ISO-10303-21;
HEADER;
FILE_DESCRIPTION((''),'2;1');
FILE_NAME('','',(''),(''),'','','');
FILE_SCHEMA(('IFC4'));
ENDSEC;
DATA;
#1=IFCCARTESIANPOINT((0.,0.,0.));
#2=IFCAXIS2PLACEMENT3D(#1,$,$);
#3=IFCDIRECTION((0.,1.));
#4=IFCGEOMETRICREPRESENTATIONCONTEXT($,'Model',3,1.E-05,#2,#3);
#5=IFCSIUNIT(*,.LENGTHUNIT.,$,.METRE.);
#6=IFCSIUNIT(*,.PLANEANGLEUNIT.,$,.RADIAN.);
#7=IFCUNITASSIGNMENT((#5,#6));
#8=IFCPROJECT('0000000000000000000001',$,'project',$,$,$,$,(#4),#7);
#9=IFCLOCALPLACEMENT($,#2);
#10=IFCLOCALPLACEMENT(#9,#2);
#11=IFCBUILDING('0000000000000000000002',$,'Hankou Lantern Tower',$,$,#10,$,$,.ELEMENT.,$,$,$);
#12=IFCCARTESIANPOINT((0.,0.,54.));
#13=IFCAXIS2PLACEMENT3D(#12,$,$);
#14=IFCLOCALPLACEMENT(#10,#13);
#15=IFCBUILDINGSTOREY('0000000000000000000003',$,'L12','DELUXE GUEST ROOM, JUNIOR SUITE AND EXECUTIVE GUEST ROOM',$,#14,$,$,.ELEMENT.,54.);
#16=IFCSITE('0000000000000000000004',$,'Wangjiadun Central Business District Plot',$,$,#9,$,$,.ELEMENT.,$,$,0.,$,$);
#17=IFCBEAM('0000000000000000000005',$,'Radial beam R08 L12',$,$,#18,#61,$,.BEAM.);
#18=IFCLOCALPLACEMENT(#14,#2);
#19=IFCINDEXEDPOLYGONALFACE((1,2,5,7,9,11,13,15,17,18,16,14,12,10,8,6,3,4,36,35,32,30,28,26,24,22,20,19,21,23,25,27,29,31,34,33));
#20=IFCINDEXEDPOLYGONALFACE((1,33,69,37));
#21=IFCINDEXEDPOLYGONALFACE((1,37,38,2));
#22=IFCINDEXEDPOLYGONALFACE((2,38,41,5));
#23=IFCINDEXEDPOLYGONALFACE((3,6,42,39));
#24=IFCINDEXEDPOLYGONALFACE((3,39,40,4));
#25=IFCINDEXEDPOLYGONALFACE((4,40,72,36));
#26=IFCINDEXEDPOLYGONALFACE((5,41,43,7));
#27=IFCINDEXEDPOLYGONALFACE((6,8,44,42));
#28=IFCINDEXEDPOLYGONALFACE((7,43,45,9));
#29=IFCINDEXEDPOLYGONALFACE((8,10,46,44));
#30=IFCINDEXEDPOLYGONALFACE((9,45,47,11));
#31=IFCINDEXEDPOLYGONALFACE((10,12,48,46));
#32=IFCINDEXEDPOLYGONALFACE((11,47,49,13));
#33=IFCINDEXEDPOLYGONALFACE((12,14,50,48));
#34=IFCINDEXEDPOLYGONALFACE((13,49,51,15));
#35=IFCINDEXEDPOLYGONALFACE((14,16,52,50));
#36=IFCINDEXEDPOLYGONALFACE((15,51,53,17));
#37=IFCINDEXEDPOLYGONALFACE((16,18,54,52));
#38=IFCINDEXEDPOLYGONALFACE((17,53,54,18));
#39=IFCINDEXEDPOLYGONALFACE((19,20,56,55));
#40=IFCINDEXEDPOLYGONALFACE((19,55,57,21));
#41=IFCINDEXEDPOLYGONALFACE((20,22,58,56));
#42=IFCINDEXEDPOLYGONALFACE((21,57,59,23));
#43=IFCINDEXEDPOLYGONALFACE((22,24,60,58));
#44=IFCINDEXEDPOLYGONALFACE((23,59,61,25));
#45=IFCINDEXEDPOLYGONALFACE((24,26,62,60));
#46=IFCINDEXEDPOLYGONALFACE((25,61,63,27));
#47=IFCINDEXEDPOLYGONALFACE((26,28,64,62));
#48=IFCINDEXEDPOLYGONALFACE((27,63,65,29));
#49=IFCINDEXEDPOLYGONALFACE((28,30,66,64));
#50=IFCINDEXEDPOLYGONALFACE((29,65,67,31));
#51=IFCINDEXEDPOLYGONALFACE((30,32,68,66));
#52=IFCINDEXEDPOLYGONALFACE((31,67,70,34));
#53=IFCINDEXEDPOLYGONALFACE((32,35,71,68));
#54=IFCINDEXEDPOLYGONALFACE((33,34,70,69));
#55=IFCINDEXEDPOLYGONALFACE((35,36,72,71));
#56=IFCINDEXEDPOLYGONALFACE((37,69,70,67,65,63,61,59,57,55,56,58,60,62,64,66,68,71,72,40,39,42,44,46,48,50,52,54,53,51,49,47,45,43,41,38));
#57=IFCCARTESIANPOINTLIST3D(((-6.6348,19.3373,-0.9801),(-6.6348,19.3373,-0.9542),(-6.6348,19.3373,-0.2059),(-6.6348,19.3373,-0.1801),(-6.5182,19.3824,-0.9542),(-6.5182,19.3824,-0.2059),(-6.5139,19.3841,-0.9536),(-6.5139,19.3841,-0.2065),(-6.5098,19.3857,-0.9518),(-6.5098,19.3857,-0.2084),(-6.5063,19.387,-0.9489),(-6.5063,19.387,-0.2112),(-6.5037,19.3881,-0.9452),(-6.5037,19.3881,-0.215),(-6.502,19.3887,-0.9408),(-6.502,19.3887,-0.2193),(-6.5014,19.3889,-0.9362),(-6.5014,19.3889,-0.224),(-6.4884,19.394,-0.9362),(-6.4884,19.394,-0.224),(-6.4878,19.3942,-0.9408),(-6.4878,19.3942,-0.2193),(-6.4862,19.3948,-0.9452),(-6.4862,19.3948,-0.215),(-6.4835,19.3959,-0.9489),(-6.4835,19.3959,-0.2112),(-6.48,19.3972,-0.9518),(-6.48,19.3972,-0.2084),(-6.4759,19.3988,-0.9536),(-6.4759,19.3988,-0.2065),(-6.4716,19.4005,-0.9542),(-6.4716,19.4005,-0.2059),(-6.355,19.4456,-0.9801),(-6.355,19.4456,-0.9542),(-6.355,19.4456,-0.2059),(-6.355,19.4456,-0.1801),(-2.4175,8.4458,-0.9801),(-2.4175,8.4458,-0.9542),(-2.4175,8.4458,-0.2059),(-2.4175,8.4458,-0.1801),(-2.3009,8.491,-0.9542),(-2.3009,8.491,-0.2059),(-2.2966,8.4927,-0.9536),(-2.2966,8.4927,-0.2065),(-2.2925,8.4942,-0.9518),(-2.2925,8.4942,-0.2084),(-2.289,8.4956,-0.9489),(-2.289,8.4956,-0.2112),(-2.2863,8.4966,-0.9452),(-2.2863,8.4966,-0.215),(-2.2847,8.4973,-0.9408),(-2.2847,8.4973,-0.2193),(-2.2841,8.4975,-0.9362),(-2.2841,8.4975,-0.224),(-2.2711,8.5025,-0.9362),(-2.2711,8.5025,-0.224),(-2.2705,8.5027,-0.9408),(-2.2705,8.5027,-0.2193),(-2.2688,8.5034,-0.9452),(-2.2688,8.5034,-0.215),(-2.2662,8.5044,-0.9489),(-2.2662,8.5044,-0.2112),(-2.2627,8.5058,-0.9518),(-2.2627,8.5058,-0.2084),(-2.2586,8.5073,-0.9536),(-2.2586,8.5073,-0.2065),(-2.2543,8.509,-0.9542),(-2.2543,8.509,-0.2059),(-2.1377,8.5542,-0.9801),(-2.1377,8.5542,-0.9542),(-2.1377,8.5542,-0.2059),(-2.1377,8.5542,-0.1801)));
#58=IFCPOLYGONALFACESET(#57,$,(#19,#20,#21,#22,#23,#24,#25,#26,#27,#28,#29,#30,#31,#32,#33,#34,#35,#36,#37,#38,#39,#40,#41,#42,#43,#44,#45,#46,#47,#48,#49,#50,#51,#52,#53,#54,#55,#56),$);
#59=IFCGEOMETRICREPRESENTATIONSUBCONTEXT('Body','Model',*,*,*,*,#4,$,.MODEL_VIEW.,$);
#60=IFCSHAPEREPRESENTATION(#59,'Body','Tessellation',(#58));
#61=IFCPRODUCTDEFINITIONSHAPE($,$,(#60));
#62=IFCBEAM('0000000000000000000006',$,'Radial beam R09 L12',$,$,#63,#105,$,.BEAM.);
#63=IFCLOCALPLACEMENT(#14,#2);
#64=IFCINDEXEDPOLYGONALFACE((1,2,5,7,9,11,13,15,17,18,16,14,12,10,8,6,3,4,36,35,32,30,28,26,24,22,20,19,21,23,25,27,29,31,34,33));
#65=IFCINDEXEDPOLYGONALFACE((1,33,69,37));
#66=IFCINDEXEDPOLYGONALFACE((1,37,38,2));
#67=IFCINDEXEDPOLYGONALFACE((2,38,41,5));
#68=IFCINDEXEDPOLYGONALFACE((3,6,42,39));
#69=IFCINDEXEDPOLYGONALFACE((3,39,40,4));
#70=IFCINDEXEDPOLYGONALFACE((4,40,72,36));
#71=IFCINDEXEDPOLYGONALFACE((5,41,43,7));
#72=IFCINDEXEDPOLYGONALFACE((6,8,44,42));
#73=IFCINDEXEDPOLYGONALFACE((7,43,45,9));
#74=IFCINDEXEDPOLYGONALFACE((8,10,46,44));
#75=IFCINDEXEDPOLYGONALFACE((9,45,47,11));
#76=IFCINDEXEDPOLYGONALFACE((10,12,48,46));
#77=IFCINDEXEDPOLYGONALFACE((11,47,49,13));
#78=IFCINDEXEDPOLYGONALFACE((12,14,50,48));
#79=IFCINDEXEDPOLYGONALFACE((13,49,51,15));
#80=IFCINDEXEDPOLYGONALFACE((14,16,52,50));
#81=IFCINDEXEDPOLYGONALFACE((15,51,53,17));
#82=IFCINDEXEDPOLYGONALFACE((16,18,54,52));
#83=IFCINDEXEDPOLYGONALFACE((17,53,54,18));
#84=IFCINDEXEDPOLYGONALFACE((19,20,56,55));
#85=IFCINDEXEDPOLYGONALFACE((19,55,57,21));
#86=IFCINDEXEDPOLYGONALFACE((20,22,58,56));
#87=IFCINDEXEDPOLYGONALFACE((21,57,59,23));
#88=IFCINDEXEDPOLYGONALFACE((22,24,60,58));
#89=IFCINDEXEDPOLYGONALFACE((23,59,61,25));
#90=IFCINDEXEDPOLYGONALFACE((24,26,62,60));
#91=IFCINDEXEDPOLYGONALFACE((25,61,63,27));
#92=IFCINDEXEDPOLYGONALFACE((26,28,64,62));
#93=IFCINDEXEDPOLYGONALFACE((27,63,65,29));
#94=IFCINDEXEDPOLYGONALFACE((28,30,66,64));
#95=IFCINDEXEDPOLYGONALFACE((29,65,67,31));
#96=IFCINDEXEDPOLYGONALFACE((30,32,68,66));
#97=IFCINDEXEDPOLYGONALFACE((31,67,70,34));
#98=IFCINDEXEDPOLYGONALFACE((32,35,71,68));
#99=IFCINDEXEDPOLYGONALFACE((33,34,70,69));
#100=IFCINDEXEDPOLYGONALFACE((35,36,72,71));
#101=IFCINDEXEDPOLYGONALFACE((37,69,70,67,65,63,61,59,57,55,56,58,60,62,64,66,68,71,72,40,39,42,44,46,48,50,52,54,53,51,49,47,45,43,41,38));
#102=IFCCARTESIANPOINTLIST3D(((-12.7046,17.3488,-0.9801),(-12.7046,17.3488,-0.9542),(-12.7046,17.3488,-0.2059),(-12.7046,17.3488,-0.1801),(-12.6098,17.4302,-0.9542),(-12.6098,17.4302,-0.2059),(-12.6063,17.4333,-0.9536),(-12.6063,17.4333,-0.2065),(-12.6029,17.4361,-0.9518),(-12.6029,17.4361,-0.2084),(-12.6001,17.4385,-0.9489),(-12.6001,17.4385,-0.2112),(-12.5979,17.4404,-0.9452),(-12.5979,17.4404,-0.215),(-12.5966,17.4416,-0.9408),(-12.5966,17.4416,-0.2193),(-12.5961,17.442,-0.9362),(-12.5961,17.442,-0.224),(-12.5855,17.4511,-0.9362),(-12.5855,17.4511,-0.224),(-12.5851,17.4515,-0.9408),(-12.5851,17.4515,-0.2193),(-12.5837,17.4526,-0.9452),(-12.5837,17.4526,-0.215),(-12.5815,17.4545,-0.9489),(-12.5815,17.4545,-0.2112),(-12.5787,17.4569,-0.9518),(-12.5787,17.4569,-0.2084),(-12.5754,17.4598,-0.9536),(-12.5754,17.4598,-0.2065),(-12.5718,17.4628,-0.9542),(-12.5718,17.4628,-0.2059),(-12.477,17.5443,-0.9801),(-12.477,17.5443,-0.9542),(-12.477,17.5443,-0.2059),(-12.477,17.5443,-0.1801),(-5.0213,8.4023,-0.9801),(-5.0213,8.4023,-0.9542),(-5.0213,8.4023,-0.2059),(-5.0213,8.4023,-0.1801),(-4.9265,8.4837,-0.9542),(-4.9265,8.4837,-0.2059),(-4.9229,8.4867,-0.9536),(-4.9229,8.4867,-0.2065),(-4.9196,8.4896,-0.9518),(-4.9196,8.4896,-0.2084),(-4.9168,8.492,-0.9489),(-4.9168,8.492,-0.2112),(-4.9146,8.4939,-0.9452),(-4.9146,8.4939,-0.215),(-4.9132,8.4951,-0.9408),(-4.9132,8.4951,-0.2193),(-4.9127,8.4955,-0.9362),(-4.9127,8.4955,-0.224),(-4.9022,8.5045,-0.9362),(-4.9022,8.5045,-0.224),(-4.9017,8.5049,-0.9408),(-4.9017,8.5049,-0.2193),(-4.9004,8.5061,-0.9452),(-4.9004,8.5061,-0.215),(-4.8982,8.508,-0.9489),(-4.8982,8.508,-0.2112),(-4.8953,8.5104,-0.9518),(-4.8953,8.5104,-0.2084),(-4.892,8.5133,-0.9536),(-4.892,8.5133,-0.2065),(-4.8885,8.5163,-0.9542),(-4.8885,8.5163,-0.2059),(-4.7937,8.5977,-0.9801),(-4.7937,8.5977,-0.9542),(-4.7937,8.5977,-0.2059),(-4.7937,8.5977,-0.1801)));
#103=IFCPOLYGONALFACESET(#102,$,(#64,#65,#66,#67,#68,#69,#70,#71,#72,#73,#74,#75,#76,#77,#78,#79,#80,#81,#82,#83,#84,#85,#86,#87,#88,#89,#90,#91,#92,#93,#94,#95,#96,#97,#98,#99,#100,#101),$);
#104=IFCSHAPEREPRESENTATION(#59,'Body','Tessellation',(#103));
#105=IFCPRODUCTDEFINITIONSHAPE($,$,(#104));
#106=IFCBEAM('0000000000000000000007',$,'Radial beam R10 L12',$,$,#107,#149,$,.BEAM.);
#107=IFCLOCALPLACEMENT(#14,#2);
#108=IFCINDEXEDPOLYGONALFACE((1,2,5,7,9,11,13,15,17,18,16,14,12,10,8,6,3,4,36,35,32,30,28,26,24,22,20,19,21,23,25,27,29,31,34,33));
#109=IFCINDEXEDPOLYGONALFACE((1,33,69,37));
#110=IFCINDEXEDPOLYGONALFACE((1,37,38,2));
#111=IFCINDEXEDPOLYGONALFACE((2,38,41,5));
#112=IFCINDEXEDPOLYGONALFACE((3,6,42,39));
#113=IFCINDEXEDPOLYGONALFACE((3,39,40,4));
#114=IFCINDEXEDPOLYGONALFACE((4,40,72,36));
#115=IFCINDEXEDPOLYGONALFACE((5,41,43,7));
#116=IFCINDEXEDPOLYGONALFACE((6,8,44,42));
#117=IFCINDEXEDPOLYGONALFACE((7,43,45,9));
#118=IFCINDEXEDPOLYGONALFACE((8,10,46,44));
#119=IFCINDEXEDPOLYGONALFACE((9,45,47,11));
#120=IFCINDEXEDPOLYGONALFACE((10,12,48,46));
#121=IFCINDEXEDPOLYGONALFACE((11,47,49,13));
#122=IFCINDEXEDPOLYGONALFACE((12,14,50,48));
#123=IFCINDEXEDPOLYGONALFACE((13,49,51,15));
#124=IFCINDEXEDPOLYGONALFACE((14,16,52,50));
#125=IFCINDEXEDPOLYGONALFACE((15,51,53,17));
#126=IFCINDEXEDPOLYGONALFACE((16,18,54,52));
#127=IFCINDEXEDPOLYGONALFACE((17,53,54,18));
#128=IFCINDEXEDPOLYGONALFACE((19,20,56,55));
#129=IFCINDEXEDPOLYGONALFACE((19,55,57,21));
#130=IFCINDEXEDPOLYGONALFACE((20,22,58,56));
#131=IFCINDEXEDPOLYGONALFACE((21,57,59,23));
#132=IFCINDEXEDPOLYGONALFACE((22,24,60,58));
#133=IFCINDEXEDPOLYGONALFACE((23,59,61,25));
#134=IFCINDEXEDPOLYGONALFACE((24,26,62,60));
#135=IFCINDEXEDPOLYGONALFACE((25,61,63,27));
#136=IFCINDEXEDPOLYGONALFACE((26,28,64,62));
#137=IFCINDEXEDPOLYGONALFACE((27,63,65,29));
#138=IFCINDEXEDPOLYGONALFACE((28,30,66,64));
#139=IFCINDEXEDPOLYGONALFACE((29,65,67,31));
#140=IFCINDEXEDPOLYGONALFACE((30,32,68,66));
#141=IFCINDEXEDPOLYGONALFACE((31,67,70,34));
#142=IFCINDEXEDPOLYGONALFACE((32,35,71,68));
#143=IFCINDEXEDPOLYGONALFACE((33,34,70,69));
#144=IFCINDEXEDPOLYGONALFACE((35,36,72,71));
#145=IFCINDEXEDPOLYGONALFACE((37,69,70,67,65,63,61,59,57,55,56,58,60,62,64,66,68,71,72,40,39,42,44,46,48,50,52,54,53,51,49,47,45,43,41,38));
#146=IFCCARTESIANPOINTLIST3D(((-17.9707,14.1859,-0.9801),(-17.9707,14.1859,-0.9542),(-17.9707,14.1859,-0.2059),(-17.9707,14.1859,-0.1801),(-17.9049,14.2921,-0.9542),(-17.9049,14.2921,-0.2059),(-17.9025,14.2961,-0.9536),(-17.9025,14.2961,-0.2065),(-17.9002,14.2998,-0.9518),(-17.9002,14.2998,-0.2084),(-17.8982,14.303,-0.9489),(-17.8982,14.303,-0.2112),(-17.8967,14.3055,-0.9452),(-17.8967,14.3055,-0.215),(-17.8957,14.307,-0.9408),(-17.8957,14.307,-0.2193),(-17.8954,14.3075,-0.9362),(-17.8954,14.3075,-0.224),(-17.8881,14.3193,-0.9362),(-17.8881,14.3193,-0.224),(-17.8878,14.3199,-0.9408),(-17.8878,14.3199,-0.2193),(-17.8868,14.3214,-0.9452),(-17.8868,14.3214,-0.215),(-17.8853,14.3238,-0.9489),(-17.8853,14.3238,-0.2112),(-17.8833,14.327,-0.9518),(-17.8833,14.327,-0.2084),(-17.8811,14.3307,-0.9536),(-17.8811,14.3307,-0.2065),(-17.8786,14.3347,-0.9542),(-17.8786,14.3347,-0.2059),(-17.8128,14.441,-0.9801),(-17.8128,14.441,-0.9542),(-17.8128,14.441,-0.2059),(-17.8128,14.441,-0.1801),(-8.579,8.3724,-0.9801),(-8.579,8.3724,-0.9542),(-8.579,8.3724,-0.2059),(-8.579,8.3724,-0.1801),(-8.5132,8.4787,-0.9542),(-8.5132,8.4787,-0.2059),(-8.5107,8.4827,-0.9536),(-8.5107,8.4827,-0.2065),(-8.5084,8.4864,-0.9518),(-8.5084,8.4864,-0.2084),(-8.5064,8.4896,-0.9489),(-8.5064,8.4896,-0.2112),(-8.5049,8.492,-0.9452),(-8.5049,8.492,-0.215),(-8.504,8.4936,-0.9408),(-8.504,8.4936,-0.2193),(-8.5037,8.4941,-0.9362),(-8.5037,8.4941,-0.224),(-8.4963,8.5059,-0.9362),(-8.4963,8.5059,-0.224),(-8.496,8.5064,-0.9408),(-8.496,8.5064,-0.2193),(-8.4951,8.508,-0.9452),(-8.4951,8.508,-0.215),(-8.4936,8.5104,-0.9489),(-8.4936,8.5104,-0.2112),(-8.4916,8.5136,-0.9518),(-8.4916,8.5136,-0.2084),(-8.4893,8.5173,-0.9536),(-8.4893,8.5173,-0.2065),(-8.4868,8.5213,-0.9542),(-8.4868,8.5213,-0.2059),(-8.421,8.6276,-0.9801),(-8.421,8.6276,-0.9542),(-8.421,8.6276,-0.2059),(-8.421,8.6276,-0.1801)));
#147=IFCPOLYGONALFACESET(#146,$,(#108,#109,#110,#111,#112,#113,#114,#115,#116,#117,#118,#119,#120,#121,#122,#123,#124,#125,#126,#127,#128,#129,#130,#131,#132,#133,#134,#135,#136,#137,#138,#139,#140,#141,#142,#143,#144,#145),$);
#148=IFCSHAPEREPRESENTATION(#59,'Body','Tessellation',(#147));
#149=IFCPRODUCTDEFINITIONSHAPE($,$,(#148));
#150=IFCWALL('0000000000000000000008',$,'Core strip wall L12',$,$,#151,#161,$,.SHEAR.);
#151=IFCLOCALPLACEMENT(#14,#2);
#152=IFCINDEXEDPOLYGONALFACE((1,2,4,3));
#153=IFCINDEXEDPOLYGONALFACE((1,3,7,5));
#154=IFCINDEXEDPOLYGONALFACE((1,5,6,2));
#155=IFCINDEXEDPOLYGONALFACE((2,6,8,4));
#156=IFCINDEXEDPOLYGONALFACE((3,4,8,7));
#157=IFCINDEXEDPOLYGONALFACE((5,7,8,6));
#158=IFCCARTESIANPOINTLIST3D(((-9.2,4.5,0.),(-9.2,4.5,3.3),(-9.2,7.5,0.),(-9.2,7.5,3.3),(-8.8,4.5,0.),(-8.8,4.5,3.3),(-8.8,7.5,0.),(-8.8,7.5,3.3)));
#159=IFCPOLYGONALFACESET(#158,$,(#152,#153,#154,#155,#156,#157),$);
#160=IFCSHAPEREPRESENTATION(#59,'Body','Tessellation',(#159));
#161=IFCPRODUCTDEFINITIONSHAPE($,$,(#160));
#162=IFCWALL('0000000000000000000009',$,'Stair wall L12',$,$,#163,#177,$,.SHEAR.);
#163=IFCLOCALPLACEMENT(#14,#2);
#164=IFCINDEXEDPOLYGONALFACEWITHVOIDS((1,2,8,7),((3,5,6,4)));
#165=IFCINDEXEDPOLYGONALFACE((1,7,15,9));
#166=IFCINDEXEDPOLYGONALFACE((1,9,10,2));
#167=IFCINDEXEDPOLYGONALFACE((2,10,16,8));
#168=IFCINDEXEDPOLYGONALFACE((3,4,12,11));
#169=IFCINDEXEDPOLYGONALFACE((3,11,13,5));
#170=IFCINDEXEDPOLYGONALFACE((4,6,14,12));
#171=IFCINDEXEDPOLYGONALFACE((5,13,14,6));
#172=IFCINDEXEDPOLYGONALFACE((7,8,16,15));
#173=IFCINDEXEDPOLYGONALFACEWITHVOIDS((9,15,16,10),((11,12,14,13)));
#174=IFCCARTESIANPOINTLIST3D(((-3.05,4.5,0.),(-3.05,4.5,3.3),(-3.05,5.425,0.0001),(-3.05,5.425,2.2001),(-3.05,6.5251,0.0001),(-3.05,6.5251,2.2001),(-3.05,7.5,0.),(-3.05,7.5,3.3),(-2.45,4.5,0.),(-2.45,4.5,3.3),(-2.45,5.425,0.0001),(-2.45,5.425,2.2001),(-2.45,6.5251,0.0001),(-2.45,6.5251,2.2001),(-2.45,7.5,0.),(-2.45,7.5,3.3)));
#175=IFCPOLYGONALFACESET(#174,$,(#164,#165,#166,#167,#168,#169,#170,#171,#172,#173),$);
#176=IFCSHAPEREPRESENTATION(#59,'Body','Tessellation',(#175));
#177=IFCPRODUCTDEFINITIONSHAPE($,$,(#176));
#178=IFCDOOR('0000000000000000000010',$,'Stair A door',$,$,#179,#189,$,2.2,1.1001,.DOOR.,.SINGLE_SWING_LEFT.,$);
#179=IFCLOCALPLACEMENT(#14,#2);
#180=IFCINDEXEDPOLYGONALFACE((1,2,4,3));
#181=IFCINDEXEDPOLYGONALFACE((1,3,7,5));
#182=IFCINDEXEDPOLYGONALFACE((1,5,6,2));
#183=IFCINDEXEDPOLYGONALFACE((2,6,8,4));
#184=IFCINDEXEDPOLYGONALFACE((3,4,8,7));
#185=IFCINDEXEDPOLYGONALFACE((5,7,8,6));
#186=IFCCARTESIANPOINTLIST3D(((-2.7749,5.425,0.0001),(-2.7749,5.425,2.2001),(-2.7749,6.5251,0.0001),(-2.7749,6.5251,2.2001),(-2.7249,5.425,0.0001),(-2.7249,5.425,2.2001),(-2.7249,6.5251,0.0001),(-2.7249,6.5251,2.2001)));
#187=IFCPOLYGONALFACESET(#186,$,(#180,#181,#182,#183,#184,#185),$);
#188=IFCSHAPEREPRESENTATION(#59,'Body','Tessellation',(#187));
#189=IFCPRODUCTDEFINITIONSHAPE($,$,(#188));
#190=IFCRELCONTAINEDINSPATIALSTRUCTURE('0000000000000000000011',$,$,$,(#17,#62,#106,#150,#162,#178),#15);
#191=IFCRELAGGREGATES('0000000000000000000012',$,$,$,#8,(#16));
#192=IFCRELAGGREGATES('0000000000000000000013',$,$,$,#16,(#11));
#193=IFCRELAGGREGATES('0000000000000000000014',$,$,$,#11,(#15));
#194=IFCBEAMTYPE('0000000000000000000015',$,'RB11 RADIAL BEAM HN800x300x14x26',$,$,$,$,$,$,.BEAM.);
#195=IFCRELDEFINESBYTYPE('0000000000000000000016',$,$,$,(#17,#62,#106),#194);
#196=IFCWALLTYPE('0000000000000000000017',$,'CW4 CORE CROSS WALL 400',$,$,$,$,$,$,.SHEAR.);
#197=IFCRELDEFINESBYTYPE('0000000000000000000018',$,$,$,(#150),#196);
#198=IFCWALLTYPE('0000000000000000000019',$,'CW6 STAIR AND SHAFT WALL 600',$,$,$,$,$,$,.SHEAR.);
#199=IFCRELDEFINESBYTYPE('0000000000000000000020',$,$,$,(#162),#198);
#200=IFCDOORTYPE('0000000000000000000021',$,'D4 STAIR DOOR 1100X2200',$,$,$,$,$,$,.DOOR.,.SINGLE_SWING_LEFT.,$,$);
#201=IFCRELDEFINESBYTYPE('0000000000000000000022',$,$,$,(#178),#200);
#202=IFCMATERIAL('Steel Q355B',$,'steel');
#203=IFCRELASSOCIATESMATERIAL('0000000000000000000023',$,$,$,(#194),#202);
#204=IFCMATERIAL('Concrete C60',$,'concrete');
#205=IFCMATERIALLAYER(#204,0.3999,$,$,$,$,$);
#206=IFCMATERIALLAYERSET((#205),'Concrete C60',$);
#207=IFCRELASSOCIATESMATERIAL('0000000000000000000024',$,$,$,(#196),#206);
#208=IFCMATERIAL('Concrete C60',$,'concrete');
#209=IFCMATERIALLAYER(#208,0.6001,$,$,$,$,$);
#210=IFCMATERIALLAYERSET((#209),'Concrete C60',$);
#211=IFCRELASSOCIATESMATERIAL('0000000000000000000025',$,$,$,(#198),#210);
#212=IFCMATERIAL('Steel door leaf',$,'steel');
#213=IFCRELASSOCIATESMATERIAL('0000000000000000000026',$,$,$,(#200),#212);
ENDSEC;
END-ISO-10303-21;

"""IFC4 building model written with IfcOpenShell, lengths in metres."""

from ifc_helpers import new_model, si_unit, direction, frame, frame_2d, origin, origin_2d, place, context, subcontext, project, spatial, rectangle, i_section, extrude, material, layer, layer_set, material_profile, profile_set, type_object, element, fill, save


model = new_model("IFC4")

# Units and contexts
model_context = context("Model", 3, precision=1e-05, world=origin(), true_north=direction((0.0, 1.0)))
body_context = subcontext(model_context, "Body", "Model", "MODEL_VIEW")
ifc_project = project(units=[si_unit("LENGTHUNIT", "METRE"), si_unit("PLANEANGLEUNIT", "RADIAN")], contexts=[model_context])

# Site, building, storey
site_placement = place(None, origin())
site = spatial("IfcSite", under=ifc_project, at=site_placement, Name="Wangjiadun Central Business District Plot", CompositionType="ELEMENT", RefElevation=0.0)
building_placement = place(site_placement, origin())
building = spatial("IfcBuilding", under=site, at=building_placement, Name="Hankou Lantern Tower", CompositionType="ELEMENT")
storey_placement = place(building_placement, frame((0.0, 0.0, 54.0)))
storey = spatial("IfcBuildingStorey", under=building, at=storey_placement, Name="L12", Description="DELUXE GUEST ROOM, JUNIOR SUITE AND EXECUTIVE GUEST ROOM", CompositionType="ELEMENT", Elevation=54.0)

# Beams
ifc_material_1 = material(Name="Steel Q355B", Category="steel")
ifc_material_profile = material_profile(ifc_material_1, i_section(OverallWidth=0.3, OverallDepth=0.8, WebThickness=0.0139, FlangeThickness=0.0259, FilletRadius=0.0181, at=origin_2d()), Name="HN800x300x14x26")
ifc_profile_set = profile_set([ifc_material_profile], Name="Steel Q355B")
beam_type = type_object("IfcBeamType", Name="RB11 RADIAL BEAM HN800x300x14x26", PredefinedType="BEAM", material=ifc_profile_set)
beam_1_placement = place(storey_placement, frame((-2.2776, 8.5, -0.5801), z_axis=(-0.361089, 0.932531, 0.0), x_axis=(-0.932531, -0.361089, 0.0)))
element("IfcBeam", 1, at=beam_1_placement, inside=storey, type_object=beam_type, Name="Radial beam R08 L12", PredefinedType="BEAM", context=body_context, shape_type="SweptSolid", body=[
    extrude(i_section(OverallWidth=0.3, OverallDepth=0.8, WebThickness=0.0139, FlangeThickness=0.0259, FilletRadius=0.0181, at=origin_2d()), origin(), (0.0, 0.0, 1.0), 11.6794),
])
beam_2_placement = place(storey_placement, frame((-4.9075, 8.5, -0.5801), z_axis=(-0.651519, 0.758632, 0.0), x_axis=(-0.758632, -0.651519, 0.0)))
element("IfcBeam", 2, at=beam_2_placement, inside=storey, type_object=beam_type, Name="Radial beam R09 L12", PredefinedType="BEAM", context=body_context, shape_type="SweptSolid", body=[
    extrude(i_section(OverallWidth=0.3, OverallDepth=0.8, WebThickness=0.0139, FlangeThickness=0.0259, FilletRadius=0.0181, at=origin_2d()), origin(), (0.0, 0.0, 1.0), 11.793),
])
beam_3_placement = place(storey_placement, frame((-8.5, 8.5, -0.5801), z_axis=(-0.850286, 0.52632, 0.0), x_axis=(-0.52632, -0.850286, 0.0)))
element("IfcBeam", 3, at=beam_3_placement, inside=storey, type_object=beam_type, Name="Radial beam R10 L12", PredefinedType="BEAM", context=body_context, shape_type="SweptSolid", body=[
    extrude(i_section(OverallWidth=0.3, OverallDepth=0.8, WebThickness=0.0139, FlangeThickness=0.0259, FilletRadius=0.0181, at=origin_2d()), origin(), (0.0, 0.0, 1.0), 11.0454),
])

# Wall
ifc_material_2 = material(Name="Concrete C60", Category="concrete")
ifc_layer_1 = layer(ifc_material_2, 0.3999)
ifc_layer_set_1 = layer_set([ifc_layer_1], Name="Concrete C60")
wall_type_1 = type_object("IfcWallType", Name="CW4 CORE CROSS WALL 400", PredefinedType="SHEAR", material=ifc_layer_set_1)
wall_1_placement = place(storey_placement, frame((-9.0, 4.5, 0.0), z_axis=(0.0, 0.0, 1.0), x_axis=(0.0, 1.0, 0.0)))
element("IfcWall", 4, at=wall_1_placement, inside=storey, type_object=wall_type_1, Name="Core strip wall L12", PredefinedType="SHEAR", context=body_context, shape_type="SweptSolid", body=[
    extrude(rectangle(XDim=3.0, YDim=0.3999, at=frame_2d((1.5, 0.0))), origin(), (0.0, 0.0, 1.0), 3.3),
])

# Wall, opening, door
ifc_material_3 = material(Name="Concrete C60", Category="concrete")
ifc_layer_2 = layer(ifc_material_3, 0.6001)
ifc_layer_set_2 = layer_set([ifc_layer_2], Name="Concrete C60")
wall_type_2 = type_object("IfcWallType", Name="CW6 STAIR AND SHAFT WALL 600", PredefinedType="SHEAR", material=ifc_layer_set_2)
wall_2_placement = place(storey_placement, frame((-2.75, 4.5, 0.0), z_axis=(0.0, 0.0, 1.0), x_axis=(0.0, 1.0, 0.0)))
wall_2 = element("IfcWall", 5, at=wall_2_placement, inside=storey, type_object=wall_type_2, Name="Stair wall L12", PredefinedType="SHEAR", context=body_context, shape_type="SweptSolid", body=[
    extrude(rectangle(XDim=3.0, YDim=0.6001, at=frame_2d((1.5, 0.0))), origin(), (0.0, 0.0, 1.0), 3.3),
])
opening_placement = place(wall_2_placement, frame((0.925, 0.0, 0.0)))
opening = element("IfcOpeningElement", 6, at=opening_placement, cuts=wall_2, PredefinedType="OPENING", context=body_context, shape_type="SweptSolid", body=[
    extrude(rectangle(XDim=1.1001, YDim=2.2, at=frame_2d((0.55, 1.1001))), frame((0.0, 0.3101, 0.0), z_axis=(0.0, -1.0, 0.0), x_axis=(1.0, 0.0, 0.0)), (0.0, 0.0, 1.0), 0.6201),
])
ifc_material_4 = material(Name="Steel door leaf", Category="steel")
door_type = type_object("IfcDoorType", Name="D4 STAIR DOOR 1100X2200", OperationType="SINGLE_SWING_LEFT", PredefinedType="DOOR", material=ifc_material_4)
door_placement = place(opening_placement, origin())
door = element("IfcDoor", 7, at=door_placement, inside=storey, type_object=door_type, Name="Stair A door", OperationType="SINGLE_SWING_LEFT", OverallHeight=2.2, OverallWidth=1.1001, PredefinedType="DOOR", context=body_context, shape_type="SweptSolid", body=[
    extrude(rectangle(XDim=1.1001, YDim=2.2, at=frame_2d((0.55, 1.1001))), frame((0.0, 0.0249, 0.0), z_axis=(0.0, -1.0, 0.0), x_axis=(1.0, 0.0, 0.0)), (0.0, 0.0, 1.0), 0.05),
])
fill(opening, door)

save(model, "model.ifc")
